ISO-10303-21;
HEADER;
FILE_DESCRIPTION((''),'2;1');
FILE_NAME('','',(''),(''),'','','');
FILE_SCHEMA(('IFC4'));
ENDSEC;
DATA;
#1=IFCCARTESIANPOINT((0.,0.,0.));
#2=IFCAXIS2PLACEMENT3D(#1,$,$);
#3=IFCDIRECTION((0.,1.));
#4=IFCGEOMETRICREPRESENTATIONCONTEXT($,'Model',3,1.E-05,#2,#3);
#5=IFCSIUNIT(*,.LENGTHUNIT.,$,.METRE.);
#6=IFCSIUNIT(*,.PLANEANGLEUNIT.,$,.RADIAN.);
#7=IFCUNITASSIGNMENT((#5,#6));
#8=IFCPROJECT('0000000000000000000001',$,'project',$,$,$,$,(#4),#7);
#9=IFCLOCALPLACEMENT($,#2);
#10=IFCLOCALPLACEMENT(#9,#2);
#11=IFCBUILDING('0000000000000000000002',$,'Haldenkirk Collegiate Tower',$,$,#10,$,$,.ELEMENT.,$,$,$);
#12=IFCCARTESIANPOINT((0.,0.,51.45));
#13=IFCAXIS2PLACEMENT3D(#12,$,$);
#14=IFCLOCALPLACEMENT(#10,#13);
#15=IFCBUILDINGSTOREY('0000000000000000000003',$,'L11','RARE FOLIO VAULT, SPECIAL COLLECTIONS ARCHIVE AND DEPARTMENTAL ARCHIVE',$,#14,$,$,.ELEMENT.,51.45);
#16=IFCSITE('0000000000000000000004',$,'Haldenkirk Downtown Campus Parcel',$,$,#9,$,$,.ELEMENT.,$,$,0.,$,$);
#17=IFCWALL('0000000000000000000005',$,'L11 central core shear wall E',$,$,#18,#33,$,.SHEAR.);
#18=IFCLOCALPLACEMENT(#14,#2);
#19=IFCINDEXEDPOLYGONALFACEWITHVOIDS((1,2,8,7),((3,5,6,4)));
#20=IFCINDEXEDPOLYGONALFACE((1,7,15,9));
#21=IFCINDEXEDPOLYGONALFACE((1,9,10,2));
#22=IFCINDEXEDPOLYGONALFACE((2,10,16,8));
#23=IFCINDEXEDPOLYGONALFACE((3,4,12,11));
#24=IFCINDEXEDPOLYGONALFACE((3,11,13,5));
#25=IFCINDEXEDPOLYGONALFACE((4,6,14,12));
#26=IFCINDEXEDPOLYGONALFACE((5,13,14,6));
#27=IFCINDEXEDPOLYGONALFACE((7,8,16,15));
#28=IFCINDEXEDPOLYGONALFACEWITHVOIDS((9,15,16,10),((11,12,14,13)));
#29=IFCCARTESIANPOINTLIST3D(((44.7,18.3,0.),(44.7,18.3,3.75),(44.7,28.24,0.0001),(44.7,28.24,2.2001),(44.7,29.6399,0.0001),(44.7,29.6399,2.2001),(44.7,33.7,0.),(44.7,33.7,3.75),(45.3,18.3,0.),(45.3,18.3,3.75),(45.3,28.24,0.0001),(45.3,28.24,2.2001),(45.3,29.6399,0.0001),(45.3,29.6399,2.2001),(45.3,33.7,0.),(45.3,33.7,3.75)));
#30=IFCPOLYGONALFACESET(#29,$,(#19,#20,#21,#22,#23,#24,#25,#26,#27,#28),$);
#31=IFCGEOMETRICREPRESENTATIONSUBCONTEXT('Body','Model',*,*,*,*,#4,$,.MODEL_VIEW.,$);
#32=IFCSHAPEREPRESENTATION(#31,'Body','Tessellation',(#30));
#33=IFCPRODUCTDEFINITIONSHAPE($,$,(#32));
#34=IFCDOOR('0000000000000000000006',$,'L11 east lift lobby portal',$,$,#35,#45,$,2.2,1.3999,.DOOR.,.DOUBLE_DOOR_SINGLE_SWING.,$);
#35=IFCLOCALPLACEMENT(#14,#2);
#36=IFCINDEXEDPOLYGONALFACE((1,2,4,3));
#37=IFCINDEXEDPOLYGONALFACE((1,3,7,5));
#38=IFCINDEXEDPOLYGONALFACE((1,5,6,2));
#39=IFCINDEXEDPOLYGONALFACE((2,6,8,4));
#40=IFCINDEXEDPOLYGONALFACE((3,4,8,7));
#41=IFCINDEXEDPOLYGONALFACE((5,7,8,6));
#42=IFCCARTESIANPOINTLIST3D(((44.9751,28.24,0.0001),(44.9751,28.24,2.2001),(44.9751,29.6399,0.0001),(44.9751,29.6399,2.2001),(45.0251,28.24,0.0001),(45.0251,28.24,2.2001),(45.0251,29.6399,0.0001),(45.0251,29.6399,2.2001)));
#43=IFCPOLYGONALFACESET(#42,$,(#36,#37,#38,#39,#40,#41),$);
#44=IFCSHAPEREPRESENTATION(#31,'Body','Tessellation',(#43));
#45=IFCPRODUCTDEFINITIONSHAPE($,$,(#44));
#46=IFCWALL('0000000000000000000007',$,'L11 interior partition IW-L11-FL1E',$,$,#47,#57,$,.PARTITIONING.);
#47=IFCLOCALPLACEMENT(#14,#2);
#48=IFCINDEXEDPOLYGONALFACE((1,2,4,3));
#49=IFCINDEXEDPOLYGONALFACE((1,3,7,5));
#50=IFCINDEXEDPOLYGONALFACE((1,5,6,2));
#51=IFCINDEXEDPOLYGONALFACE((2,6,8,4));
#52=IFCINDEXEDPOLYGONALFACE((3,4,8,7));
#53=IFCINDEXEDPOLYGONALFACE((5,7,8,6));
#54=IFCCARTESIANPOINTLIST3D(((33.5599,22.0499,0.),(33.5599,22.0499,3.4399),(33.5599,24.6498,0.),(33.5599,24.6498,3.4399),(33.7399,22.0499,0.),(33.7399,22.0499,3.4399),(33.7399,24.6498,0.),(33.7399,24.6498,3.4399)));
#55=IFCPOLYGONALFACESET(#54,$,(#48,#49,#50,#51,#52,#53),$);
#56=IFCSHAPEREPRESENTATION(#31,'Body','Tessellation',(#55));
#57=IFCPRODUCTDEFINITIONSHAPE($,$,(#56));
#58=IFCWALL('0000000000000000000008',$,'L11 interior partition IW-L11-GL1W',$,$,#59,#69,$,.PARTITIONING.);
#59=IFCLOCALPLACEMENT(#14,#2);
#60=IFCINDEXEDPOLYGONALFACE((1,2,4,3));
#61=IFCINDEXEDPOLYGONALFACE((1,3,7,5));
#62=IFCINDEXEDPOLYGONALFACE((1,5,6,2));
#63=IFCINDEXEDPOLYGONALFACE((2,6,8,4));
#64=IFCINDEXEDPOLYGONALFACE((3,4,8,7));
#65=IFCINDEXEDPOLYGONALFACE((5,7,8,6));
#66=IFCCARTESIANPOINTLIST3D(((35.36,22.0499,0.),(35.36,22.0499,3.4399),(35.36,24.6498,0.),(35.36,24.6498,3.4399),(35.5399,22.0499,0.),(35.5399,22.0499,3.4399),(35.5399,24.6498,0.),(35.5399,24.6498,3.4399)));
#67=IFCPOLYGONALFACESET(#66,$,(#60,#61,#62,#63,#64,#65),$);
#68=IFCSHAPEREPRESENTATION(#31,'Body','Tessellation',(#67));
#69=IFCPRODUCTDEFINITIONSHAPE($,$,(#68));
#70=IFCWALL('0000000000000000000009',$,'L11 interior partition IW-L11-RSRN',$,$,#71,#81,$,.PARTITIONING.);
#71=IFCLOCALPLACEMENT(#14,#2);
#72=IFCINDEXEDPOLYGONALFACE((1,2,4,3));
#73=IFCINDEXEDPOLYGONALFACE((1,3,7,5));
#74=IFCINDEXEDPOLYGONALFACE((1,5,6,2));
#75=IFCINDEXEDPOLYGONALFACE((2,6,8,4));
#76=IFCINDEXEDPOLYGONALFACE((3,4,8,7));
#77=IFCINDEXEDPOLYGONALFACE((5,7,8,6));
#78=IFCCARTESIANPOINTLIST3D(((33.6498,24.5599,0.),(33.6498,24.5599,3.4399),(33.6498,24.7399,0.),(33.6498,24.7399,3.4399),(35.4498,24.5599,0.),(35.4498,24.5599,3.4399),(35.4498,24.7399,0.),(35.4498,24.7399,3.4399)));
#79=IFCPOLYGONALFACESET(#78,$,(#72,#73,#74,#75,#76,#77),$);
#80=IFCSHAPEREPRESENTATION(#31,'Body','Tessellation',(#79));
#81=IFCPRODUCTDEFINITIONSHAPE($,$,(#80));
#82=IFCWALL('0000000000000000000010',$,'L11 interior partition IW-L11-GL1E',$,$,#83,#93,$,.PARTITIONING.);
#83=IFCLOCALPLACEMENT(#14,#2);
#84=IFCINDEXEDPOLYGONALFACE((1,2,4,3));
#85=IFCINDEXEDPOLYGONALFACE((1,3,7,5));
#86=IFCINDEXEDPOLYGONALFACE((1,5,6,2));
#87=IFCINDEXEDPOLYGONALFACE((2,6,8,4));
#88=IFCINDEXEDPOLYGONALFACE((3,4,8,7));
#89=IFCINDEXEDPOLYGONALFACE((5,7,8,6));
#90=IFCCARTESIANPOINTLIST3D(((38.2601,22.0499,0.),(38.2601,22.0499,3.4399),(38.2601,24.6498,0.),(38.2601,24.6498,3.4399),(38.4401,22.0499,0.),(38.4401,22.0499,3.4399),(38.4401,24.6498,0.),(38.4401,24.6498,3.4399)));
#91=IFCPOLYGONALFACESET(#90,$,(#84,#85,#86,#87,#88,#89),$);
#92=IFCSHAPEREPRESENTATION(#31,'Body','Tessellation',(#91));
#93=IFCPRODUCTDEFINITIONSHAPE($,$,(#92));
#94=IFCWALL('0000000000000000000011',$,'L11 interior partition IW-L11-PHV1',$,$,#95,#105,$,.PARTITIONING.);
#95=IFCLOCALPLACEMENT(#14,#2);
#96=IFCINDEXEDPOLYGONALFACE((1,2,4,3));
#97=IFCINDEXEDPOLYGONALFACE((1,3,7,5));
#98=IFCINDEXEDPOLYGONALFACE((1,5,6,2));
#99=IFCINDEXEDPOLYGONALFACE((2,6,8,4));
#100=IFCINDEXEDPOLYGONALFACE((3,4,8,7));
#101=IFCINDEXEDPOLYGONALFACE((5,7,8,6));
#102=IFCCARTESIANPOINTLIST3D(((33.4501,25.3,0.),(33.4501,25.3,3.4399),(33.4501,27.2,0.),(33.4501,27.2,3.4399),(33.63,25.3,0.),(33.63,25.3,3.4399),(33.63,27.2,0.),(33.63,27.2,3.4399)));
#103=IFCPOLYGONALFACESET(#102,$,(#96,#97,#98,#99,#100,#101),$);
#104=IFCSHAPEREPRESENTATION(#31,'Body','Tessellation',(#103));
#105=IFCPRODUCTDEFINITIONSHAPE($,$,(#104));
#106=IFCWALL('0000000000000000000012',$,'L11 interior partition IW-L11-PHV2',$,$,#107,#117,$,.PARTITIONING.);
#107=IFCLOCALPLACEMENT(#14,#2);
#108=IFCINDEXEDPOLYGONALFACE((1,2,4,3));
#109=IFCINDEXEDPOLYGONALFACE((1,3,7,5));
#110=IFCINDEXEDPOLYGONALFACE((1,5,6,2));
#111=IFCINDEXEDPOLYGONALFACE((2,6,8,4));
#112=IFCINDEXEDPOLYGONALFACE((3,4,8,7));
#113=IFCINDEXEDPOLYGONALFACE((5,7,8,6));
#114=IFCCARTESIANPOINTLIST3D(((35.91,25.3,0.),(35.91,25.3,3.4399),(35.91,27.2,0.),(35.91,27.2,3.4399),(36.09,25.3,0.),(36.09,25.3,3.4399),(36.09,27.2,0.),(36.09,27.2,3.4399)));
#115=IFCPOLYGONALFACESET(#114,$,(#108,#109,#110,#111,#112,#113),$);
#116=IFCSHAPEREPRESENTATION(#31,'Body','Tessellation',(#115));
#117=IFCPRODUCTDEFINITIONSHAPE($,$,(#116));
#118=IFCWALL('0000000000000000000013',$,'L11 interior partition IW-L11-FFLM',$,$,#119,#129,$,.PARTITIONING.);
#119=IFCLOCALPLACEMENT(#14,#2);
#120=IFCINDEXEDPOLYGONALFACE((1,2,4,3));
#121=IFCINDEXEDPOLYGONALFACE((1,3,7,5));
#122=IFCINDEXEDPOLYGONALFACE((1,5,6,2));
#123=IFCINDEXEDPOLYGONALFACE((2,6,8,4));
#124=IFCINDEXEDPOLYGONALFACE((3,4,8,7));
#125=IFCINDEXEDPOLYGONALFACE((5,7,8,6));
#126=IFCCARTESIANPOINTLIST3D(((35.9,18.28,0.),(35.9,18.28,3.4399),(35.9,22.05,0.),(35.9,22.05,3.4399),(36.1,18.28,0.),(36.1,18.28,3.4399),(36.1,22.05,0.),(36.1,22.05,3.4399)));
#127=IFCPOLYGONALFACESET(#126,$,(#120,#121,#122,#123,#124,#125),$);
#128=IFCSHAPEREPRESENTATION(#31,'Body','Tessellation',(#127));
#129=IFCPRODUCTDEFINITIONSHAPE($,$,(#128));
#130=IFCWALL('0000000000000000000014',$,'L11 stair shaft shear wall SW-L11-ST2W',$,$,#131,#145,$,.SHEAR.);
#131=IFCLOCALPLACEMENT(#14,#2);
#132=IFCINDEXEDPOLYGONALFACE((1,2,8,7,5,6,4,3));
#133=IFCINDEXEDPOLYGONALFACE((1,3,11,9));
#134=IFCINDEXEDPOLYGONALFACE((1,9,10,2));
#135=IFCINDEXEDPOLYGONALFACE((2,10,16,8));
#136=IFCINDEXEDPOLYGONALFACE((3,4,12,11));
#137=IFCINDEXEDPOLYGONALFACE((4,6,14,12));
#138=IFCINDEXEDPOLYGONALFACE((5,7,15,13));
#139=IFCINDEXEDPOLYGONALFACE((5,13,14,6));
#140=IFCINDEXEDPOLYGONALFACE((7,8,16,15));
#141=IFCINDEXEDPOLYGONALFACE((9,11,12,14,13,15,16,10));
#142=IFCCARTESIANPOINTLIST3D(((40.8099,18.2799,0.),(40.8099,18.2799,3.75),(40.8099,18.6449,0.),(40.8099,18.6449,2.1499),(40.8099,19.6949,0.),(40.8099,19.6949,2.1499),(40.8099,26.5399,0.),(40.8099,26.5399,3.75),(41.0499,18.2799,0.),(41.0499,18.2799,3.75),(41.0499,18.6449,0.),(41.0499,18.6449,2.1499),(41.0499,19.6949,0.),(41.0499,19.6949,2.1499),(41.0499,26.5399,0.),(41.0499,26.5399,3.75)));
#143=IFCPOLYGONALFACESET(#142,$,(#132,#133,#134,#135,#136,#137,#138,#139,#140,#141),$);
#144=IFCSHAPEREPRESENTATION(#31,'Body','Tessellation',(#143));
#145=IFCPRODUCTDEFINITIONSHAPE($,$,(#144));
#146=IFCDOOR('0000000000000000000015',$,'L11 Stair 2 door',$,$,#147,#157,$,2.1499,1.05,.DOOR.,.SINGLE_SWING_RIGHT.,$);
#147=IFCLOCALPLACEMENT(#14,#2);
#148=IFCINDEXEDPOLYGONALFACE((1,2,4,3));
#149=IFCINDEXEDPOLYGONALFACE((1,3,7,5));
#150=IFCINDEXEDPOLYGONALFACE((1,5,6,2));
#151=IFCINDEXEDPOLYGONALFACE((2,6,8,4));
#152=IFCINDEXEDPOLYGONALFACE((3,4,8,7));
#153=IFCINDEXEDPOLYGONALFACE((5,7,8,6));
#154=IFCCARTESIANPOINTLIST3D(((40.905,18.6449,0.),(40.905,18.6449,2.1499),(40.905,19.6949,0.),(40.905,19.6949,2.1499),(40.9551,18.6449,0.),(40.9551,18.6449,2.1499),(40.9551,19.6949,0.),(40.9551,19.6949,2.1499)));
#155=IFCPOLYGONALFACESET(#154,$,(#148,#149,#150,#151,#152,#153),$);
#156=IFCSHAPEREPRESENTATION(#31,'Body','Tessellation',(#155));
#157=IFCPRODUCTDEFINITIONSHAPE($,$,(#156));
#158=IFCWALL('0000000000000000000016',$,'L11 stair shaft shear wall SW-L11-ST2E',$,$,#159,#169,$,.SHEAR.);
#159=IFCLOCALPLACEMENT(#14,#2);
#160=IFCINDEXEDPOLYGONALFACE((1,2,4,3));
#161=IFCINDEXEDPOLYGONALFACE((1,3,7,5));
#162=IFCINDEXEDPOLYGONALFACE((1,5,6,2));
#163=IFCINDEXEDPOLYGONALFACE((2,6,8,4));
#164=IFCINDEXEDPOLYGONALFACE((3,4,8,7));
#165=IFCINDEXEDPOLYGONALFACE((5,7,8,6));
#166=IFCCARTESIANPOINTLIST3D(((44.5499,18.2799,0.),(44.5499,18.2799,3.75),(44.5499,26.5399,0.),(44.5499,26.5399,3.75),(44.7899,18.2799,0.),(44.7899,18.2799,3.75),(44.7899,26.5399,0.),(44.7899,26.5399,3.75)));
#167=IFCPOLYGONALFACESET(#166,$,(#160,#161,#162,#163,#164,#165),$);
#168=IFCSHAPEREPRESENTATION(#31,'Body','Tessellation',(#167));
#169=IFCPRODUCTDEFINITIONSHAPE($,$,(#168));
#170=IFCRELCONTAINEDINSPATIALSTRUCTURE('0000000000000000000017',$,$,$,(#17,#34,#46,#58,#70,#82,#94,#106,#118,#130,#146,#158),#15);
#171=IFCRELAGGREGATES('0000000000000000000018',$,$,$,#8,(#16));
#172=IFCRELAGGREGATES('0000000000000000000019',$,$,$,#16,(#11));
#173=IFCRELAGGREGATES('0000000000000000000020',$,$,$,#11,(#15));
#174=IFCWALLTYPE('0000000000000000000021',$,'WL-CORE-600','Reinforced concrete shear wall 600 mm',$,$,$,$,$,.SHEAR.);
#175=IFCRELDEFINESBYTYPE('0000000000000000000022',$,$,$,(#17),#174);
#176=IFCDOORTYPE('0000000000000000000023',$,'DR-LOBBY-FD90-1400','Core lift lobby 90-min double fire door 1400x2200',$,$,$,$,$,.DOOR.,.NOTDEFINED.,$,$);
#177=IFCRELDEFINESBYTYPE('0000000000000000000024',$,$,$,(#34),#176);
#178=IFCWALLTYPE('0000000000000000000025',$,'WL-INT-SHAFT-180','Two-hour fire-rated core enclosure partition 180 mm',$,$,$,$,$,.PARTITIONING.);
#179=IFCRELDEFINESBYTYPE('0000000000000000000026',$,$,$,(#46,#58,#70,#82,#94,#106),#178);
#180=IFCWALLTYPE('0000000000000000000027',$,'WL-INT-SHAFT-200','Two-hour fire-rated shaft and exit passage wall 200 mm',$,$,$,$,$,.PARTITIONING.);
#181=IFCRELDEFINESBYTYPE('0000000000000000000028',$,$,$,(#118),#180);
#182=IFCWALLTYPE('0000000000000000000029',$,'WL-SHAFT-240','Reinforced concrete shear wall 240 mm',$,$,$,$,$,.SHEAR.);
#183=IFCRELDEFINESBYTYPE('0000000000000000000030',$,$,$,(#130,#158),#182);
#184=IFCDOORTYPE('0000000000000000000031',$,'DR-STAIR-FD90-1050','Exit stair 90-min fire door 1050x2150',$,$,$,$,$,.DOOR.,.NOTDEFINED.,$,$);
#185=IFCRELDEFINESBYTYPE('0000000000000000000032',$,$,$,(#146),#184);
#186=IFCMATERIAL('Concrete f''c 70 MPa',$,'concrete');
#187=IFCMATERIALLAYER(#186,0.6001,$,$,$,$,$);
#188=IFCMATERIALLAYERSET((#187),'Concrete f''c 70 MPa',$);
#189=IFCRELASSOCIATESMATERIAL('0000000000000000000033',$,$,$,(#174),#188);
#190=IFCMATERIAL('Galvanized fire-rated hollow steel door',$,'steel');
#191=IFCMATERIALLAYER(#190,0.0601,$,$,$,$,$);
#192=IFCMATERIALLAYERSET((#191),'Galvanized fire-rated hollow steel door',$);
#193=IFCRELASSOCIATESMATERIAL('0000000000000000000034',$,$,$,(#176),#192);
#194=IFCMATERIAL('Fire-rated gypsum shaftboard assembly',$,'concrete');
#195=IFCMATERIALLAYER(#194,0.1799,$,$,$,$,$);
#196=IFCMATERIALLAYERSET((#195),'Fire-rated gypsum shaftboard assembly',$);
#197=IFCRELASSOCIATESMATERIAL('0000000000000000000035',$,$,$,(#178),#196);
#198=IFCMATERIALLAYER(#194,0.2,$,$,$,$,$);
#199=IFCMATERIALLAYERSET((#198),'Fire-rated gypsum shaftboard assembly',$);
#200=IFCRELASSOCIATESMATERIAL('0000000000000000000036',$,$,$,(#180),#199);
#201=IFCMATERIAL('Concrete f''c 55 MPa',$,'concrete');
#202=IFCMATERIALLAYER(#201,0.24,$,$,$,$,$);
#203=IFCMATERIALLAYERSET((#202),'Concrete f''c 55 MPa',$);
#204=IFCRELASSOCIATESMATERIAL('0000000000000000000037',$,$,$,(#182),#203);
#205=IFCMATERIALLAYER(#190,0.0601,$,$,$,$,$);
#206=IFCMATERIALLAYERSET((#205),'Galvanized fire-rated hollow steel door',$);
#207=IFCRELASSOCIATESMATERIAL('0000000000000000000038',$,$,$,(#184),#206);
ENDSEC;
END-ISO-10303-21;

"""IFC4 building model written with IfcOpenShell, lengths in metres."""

from ifc_helpers import new_model, si_unit, direction, frame, frame_2d, origin, place, context, subcontext, project, spatial, rectangle, extrude, material, layer, layer_set, type_object, element, fill, save


model = new_model("IFC4")

# Units and contexts
model_context = context("Model", 3, precision=1e-05, world=origin(), true_north=direction((0.0, 1.0)))
body_context = subcontext(model_context, "Body", "Model", "MODEL_VIEW")
ifc_project = project(units=[si_unit("LENGTHUNIT", "METRE"), si_unit("PLANEANGLEUNIT", "RADIAN")], contexts=[model_context])

# Site, building, storey
site_placement = place(None, origin())
site = spatial("IfcSite", under=ifc_project, at=site_placement, Name="Haldenkirk Downtown Campus Parcel", CompositionType="ELEMENT", RefElevation=0.0)
building_placement = place(site_placement, origin())
building = spatial("IfcBuilding", under=site, at=building_placement, Name="Haldenkirk Collegiate Tower", CompositionType="ELEMENT")
storey_placement = place(building_placement, frame((0.0, 0.0, 51.45)))
storey = spatial("IfcBuildingStorey", under=building, at=storey_placement, Name="L11", Description="RARE FOLIO VAULT, SPECIAL COLLECTIONS ARCHIVE AND DEPARTMENTAL ARCHIVE", CompositionType="ELEMENT", Elevation=51.45)

# Wall, opening, door
ifc_material_1 = material(Name="Concrete f'c 70 MPa", Category="concrete")
ifc_layer_1 = layer(ifc_material_1, 0.6001)
ifc_layer_set_1 = layer_set([ifc_layer_1], Name="Concrete f'c 70 MPa")
wall_type_1 = type_object("IfcWallType", Name="WL-CORE-600", Description="Reinforced concrete shear wall 600 mm", PredefinedType="SHEAR", material=ifc_layer_set_1)
wall_1_placement = place(storey_placement, frame((45.0, 18.3, 0.0), z_axis=(0.0, 0.0, 1.0), x_axis=(0.0, 1.0, 0.0)))
wall_1 = element("IfcWall", 1, at=wall_1_placement, inside=storey, type_object=wall_type_1, Name="L11 central core shear wall E", PredefinedType="SHEAR", context=body_context, shape_type="SweptSolid", body=[
    extrude(rectangle(XDim=15.3999, YDim=0.6001, at=frame_2d((7.7, 0.0))), origin(), (0.0, 0.0, 1.0), 3.75),
])
opening_1_placement = place(wall_1_placement, frame((9.9399, 0.0, 0.0)))
opening_1 = element("IfcOpeningElement", 2, at=opening_1_placement, cuts=wall_1, PredefinedType="OPENING", context=body_context, shape_type="SweptSolid", body=[
    extrude(rectangle(XDim=1.3999, YDim=2.2, at=frame_2d((0.7, 1.1001))), frame((0.0, 0.3101, 0.0), z_axis=(0.0, -1.0, 0.0), x_axis=(1.0, 0.0, 0.0)), (0.0, 0.0, 1.0), 0.6201),
])
ifc_material_2 = material(Name="Galvanized fire-rated hollow steel door", Category="steel")
ifc_layer_2 = layer(ifc_material_2, 0.0601)
ifc_layer_set_2 = layer_set([ifc_layer_2], Name="Galvanized fire-rated hollow steel door")
door_type_1 = type_object("IfcDoorType", Name="DR-LOBBY-FD90-1400", Description="Core lift lobby 90-min double fire door 1400x2200", OperationType="NOTDEFINED", PredefinedType="DOOR", material=ifc_layer_set_2)
door_1_placement = place(opening_1_placement, origin())
door_1 = element("IfcDoor", 3, at=door_1_placement, inside=storey, type_object=door_type_1, Name="L11 east lift lobby portal", OperationType="DOUBLE_DOOR_SINGLE_SWING", OverallHeight=2.2, OverallWidth=1.3999, PredefinedType="DOOR", context=body_context, shape_type="SweptSolid", body=[
    extrude(rectangle(XDim=1.3999, YDim=2.2, at=frame_2d((0.7, 1.1001))), frame((0.0, 0.0249, 0.0), z_axis=(0.0, -1.0, 0.0), x_axis=(1.0, 0.0, 0.0)), (0.0, 0.0, 1.0), 0.05),
])
fill(opening_1, door_1)

# Walls
ifc_material_3 = material(Name="Fire-rated gypsum shaftboard assembly", Category="concrete")
ifc_layer_3 = layer(ifc_material_3, 0.1799)
ifc_layer_set_3 = layer_set([ifc_layer_3], Name="Fire-rated gypsum shaftboard assembly")
wall_type_2 = type_object("IfcWallType", Name="WL-INT-SHAFT-180", Description="Two-hour fire-rated core enclosure partition 180 mm", PredefinedType="PARTITIONING", material=ifc_layer_set_3)
for number, where, z_axis, x_axis, name in (
    (4, (33.6499, 22.05, 0.0), (0.0, 0.0, 1.0), (0.0, 1.0, 0.0), "L11 interior partition IW-L11-FL1E"),
    (5, (35.45, 22.05, 0.0), (0.0, 0.0, 1.0), (0.0, 1.0, 0.0), "L11 interior partition IW-L11-GL1W"),
):
    element("IfcWall", number, at=place(storey_placement, frame(where, z_axis=z_axis, x_axis=x_axis)), inside=storey, type_object=wall_type_2, Name=name, PredefinedType="PARTITIONING", context=body_context, shape_type="SweptSolid", body=[
        extrude(rectangle(XDim=2.5999, YDim=0.1799, at=frame_2d((1.2998, 0.0))), origin(), (0.0, 0.0, 1.0), 3.4399),
    ])
wall_2_placement = place(storey_placement, frame((33.6499, 24.6499, 0.0), z_axis=(0.0, 0.0, 1.0), x_axis=(1.0, 0.0, 0.0)))
element("IfcWall", 6, at=wall_2_placement, inside=storey, type_object=wall_type_2, Name="L11 interior partition IW-L11-RSRN", PredefinedType="PARTITIONING", context=body_context, shape_type="SweptSolid", body=[
    extrude(rectangle(XDim=1.8, YDim=0.1799, at=frame_2d((0.8999, 0.0))), origin(), (0.0, 0.0, 1.0), 3.4399),
])
wall_3_placement = place(storey_placement, frame((38.3501, 22.05, 0.0), z_axis=(0.0, 0.0, 1.0), x_axis=(0.0, 1.0, 0.0)))
element("IfcWall", 7, at=wall_3_placement, inside=storey, type_object=wall_type_2, Name="L11 interior partition IW-L11-GL1E", PredefinedType="PARTITIONING", context=body_context, shape_type="SweptSolid", body=[
    extrude(rectangle(XDim=2.5999, YDim=0.1799, at=frame_2d((1.2998, 0.0))), origin(), (0.0, 0.0, 1.0), 3.4399),
])
for number, where, z_axis, x_axis, name in (
    (8, (33.54, 25.3, 0.0), (0.0, 0.0, 1.0), (0.0, 1.0, 0.0), "L11 interior partition IW-L11-PHV1"),
    (9, (36.0, 25.3, 0.0), (0.0, 0.0, 1.0), (0.0, 1.0, 0.0), "L11 interior partition IW-L11-PHV2"),
):
    element("IfcWall", number, at=place(storey_placement, frame(where, z_axis=z_axis, x_axis=x_axis)), inside=storey, type_object=wall_type_2, Name=name, PredefinedType="PARTITIONING", context=body_context, shape_type="SweptSolid", body=[
        extrude(rectangle(XDim=1.8999, YDim=0.1799, at=frame_2d((0.95, 0.0))), origin(), (0.0, 0.0, 1.0), 3.4399),
    ])
ifc_layer_4 = layer(ifc_material_3, 0.2)
ifc_layer_set_4 = layer_set([ifc_layer_4], Name="Fire-rated gypsum shaftboard assembly")
wall_type_3 = type_object("IfcWallType", Name="WL-INT-SHAFT-200", Description="Two-hour fire-rated shaft and exit passage wall 200 mm", PredefinedType="PARTITIONING", material=ifc_layer_set_4)
wall_4_placement = place(storey_placement, frame((36.0, 18.28, 0.0), z_axis=(0.0, 0.0, 1.0), x_axis=(0.0, 1.0, 0.0)))
element("IfcWall", 10, at=wall_4_placement, inside=storey, type_object=wall_type_3, Name="L11 interior partition IW-L11-FFLM", PredefinedType="PARTITIONING", context=body_context, shape_type="SweptSolid", body=[
    extrude(rectangle(XDim=3.77, YDim=0.2, at=frame_2d((1.885, 0.0))), origin(), (0.0, 0.0, 1.0), 3.4399),
])

# Wall, opening, door
ifc_material_4 = material(Name="Concrete f'c 55 MPa", Category="concrete")
ifc_layer_5 = layer(ifc_material_4, 0.24)
ifc_layer_set_5 = layer_set([ifc_layer_5], Name="Concrete f'c 55 MPa")
wall_type_4 = type_object("IfcWallType", Name="WL-SHAFT-240", Description="Reinforced concrete shear wall 240 mm", PredefinedType="SHEAR", material=ifc_layer_set_5)
wall_5_placement = place(storey_placement, frame((40.9299, 18.28, 0.0), z_axis=(0.0, 0.0, 1.0), x_axis=(0.0, 1.0, 0.0)))
wall_5 = element("IfcWall", 11, at=wall_5_placement, inside=storey, type_object=wall_type_4, Name="L11 stair shaft shear wall SW-L11-ST2W", PredefinedType="SHEAR", context=body_context, shape_type="SweptSolid", body=[
    extrude(rectangle(XDim=8.26, YDim=0.24, at=frame_2d((4.1299, 0.0))), origin(), (0.0, 0.0, 1.0), 3.75),
])
opening_2_placement = place(wall_5_placement, frame((0.365, 0.0, 0.0)))
opening_2 = element("IfcOpeningElement", 12, at=opening_2_placement, cuts=wall_5, PredefinedType="OPENING", context=body_context, shape_type="SweptSolid", body=[
    extrude(rectangle(XDim=1.05, YDim=2.1499, at=frame_2d((0.5249, 1.075))), frame((0.0, 0.1299, 0.0), z_axis=(0.0, -1.0, 0.0), x_axis=(1.0, 0.0, 0.0)), (0.0, 0.0, 1.0), 0.26),
])
ifc_layer_6 = layer(ifc_material_2, 0.0601)
ifc_layer_set_6 = layer_set([ifc_layer_6], Name="Galvanized fire-rated hollow steel door")
door_type_2 = type_object("IfcDoorType", Name="DR-STAIR-FD90-1050", Description="Exit stair 90-min fire door 1050x2150", OperationType="NOTDEFINED", PredefinedType="DOOR", material=ifc_layer_set_6)
door_2_placement = place(opening_2_placement, origin())
door_2 = element("IfcDoor", 13, at=door_2_placement, inside=storey, type_object=door_type_2, Name="L11 Stair 2 door", OperationType="SINGLE_SWING_RIGHT", OverallHeight=2.1499, OverallWidth=1.05, PredefinedType="DOOR", context=body_context, shape_type="SweptSolid", body=[
    extrude(rectangle(XDim=1.05, YDim=2.1499, at=frame_2d((0.5249, 1.075))), frame((0.0, 0.0249, 0.0), z_axis=(0.0, -1.0, 0.0), x_axis=(1.0, 0.0, 0.0)), (0.0, 0.0, 1.0), 0.05),
])
fill(opening_2, door_2)

# Wall
wall_6_placement = place(storey_placement, frame((44.6699, 18.28, 0.0), z_axis=(0.0, 0.0, 1.0), x_axis=(0.0, 1.0, 0.0)))
element("IfcWall", 14, at=wall_6_placement, inside=storey, type_object=wall_type_4, Name="L11 stair shaft shear wall SW-L11-ST2E", PredefinedType="SHEAR", context=body_context, shape_type="SweptSolid", body=[
    extrude(rectangle(XDim=8.26, YDim=0.24, at=frame_2d((4.1299, 0.0))), origin(), (0.0, 0.0, 1.0), 3.75),
])

save(model, "model.ifc")
